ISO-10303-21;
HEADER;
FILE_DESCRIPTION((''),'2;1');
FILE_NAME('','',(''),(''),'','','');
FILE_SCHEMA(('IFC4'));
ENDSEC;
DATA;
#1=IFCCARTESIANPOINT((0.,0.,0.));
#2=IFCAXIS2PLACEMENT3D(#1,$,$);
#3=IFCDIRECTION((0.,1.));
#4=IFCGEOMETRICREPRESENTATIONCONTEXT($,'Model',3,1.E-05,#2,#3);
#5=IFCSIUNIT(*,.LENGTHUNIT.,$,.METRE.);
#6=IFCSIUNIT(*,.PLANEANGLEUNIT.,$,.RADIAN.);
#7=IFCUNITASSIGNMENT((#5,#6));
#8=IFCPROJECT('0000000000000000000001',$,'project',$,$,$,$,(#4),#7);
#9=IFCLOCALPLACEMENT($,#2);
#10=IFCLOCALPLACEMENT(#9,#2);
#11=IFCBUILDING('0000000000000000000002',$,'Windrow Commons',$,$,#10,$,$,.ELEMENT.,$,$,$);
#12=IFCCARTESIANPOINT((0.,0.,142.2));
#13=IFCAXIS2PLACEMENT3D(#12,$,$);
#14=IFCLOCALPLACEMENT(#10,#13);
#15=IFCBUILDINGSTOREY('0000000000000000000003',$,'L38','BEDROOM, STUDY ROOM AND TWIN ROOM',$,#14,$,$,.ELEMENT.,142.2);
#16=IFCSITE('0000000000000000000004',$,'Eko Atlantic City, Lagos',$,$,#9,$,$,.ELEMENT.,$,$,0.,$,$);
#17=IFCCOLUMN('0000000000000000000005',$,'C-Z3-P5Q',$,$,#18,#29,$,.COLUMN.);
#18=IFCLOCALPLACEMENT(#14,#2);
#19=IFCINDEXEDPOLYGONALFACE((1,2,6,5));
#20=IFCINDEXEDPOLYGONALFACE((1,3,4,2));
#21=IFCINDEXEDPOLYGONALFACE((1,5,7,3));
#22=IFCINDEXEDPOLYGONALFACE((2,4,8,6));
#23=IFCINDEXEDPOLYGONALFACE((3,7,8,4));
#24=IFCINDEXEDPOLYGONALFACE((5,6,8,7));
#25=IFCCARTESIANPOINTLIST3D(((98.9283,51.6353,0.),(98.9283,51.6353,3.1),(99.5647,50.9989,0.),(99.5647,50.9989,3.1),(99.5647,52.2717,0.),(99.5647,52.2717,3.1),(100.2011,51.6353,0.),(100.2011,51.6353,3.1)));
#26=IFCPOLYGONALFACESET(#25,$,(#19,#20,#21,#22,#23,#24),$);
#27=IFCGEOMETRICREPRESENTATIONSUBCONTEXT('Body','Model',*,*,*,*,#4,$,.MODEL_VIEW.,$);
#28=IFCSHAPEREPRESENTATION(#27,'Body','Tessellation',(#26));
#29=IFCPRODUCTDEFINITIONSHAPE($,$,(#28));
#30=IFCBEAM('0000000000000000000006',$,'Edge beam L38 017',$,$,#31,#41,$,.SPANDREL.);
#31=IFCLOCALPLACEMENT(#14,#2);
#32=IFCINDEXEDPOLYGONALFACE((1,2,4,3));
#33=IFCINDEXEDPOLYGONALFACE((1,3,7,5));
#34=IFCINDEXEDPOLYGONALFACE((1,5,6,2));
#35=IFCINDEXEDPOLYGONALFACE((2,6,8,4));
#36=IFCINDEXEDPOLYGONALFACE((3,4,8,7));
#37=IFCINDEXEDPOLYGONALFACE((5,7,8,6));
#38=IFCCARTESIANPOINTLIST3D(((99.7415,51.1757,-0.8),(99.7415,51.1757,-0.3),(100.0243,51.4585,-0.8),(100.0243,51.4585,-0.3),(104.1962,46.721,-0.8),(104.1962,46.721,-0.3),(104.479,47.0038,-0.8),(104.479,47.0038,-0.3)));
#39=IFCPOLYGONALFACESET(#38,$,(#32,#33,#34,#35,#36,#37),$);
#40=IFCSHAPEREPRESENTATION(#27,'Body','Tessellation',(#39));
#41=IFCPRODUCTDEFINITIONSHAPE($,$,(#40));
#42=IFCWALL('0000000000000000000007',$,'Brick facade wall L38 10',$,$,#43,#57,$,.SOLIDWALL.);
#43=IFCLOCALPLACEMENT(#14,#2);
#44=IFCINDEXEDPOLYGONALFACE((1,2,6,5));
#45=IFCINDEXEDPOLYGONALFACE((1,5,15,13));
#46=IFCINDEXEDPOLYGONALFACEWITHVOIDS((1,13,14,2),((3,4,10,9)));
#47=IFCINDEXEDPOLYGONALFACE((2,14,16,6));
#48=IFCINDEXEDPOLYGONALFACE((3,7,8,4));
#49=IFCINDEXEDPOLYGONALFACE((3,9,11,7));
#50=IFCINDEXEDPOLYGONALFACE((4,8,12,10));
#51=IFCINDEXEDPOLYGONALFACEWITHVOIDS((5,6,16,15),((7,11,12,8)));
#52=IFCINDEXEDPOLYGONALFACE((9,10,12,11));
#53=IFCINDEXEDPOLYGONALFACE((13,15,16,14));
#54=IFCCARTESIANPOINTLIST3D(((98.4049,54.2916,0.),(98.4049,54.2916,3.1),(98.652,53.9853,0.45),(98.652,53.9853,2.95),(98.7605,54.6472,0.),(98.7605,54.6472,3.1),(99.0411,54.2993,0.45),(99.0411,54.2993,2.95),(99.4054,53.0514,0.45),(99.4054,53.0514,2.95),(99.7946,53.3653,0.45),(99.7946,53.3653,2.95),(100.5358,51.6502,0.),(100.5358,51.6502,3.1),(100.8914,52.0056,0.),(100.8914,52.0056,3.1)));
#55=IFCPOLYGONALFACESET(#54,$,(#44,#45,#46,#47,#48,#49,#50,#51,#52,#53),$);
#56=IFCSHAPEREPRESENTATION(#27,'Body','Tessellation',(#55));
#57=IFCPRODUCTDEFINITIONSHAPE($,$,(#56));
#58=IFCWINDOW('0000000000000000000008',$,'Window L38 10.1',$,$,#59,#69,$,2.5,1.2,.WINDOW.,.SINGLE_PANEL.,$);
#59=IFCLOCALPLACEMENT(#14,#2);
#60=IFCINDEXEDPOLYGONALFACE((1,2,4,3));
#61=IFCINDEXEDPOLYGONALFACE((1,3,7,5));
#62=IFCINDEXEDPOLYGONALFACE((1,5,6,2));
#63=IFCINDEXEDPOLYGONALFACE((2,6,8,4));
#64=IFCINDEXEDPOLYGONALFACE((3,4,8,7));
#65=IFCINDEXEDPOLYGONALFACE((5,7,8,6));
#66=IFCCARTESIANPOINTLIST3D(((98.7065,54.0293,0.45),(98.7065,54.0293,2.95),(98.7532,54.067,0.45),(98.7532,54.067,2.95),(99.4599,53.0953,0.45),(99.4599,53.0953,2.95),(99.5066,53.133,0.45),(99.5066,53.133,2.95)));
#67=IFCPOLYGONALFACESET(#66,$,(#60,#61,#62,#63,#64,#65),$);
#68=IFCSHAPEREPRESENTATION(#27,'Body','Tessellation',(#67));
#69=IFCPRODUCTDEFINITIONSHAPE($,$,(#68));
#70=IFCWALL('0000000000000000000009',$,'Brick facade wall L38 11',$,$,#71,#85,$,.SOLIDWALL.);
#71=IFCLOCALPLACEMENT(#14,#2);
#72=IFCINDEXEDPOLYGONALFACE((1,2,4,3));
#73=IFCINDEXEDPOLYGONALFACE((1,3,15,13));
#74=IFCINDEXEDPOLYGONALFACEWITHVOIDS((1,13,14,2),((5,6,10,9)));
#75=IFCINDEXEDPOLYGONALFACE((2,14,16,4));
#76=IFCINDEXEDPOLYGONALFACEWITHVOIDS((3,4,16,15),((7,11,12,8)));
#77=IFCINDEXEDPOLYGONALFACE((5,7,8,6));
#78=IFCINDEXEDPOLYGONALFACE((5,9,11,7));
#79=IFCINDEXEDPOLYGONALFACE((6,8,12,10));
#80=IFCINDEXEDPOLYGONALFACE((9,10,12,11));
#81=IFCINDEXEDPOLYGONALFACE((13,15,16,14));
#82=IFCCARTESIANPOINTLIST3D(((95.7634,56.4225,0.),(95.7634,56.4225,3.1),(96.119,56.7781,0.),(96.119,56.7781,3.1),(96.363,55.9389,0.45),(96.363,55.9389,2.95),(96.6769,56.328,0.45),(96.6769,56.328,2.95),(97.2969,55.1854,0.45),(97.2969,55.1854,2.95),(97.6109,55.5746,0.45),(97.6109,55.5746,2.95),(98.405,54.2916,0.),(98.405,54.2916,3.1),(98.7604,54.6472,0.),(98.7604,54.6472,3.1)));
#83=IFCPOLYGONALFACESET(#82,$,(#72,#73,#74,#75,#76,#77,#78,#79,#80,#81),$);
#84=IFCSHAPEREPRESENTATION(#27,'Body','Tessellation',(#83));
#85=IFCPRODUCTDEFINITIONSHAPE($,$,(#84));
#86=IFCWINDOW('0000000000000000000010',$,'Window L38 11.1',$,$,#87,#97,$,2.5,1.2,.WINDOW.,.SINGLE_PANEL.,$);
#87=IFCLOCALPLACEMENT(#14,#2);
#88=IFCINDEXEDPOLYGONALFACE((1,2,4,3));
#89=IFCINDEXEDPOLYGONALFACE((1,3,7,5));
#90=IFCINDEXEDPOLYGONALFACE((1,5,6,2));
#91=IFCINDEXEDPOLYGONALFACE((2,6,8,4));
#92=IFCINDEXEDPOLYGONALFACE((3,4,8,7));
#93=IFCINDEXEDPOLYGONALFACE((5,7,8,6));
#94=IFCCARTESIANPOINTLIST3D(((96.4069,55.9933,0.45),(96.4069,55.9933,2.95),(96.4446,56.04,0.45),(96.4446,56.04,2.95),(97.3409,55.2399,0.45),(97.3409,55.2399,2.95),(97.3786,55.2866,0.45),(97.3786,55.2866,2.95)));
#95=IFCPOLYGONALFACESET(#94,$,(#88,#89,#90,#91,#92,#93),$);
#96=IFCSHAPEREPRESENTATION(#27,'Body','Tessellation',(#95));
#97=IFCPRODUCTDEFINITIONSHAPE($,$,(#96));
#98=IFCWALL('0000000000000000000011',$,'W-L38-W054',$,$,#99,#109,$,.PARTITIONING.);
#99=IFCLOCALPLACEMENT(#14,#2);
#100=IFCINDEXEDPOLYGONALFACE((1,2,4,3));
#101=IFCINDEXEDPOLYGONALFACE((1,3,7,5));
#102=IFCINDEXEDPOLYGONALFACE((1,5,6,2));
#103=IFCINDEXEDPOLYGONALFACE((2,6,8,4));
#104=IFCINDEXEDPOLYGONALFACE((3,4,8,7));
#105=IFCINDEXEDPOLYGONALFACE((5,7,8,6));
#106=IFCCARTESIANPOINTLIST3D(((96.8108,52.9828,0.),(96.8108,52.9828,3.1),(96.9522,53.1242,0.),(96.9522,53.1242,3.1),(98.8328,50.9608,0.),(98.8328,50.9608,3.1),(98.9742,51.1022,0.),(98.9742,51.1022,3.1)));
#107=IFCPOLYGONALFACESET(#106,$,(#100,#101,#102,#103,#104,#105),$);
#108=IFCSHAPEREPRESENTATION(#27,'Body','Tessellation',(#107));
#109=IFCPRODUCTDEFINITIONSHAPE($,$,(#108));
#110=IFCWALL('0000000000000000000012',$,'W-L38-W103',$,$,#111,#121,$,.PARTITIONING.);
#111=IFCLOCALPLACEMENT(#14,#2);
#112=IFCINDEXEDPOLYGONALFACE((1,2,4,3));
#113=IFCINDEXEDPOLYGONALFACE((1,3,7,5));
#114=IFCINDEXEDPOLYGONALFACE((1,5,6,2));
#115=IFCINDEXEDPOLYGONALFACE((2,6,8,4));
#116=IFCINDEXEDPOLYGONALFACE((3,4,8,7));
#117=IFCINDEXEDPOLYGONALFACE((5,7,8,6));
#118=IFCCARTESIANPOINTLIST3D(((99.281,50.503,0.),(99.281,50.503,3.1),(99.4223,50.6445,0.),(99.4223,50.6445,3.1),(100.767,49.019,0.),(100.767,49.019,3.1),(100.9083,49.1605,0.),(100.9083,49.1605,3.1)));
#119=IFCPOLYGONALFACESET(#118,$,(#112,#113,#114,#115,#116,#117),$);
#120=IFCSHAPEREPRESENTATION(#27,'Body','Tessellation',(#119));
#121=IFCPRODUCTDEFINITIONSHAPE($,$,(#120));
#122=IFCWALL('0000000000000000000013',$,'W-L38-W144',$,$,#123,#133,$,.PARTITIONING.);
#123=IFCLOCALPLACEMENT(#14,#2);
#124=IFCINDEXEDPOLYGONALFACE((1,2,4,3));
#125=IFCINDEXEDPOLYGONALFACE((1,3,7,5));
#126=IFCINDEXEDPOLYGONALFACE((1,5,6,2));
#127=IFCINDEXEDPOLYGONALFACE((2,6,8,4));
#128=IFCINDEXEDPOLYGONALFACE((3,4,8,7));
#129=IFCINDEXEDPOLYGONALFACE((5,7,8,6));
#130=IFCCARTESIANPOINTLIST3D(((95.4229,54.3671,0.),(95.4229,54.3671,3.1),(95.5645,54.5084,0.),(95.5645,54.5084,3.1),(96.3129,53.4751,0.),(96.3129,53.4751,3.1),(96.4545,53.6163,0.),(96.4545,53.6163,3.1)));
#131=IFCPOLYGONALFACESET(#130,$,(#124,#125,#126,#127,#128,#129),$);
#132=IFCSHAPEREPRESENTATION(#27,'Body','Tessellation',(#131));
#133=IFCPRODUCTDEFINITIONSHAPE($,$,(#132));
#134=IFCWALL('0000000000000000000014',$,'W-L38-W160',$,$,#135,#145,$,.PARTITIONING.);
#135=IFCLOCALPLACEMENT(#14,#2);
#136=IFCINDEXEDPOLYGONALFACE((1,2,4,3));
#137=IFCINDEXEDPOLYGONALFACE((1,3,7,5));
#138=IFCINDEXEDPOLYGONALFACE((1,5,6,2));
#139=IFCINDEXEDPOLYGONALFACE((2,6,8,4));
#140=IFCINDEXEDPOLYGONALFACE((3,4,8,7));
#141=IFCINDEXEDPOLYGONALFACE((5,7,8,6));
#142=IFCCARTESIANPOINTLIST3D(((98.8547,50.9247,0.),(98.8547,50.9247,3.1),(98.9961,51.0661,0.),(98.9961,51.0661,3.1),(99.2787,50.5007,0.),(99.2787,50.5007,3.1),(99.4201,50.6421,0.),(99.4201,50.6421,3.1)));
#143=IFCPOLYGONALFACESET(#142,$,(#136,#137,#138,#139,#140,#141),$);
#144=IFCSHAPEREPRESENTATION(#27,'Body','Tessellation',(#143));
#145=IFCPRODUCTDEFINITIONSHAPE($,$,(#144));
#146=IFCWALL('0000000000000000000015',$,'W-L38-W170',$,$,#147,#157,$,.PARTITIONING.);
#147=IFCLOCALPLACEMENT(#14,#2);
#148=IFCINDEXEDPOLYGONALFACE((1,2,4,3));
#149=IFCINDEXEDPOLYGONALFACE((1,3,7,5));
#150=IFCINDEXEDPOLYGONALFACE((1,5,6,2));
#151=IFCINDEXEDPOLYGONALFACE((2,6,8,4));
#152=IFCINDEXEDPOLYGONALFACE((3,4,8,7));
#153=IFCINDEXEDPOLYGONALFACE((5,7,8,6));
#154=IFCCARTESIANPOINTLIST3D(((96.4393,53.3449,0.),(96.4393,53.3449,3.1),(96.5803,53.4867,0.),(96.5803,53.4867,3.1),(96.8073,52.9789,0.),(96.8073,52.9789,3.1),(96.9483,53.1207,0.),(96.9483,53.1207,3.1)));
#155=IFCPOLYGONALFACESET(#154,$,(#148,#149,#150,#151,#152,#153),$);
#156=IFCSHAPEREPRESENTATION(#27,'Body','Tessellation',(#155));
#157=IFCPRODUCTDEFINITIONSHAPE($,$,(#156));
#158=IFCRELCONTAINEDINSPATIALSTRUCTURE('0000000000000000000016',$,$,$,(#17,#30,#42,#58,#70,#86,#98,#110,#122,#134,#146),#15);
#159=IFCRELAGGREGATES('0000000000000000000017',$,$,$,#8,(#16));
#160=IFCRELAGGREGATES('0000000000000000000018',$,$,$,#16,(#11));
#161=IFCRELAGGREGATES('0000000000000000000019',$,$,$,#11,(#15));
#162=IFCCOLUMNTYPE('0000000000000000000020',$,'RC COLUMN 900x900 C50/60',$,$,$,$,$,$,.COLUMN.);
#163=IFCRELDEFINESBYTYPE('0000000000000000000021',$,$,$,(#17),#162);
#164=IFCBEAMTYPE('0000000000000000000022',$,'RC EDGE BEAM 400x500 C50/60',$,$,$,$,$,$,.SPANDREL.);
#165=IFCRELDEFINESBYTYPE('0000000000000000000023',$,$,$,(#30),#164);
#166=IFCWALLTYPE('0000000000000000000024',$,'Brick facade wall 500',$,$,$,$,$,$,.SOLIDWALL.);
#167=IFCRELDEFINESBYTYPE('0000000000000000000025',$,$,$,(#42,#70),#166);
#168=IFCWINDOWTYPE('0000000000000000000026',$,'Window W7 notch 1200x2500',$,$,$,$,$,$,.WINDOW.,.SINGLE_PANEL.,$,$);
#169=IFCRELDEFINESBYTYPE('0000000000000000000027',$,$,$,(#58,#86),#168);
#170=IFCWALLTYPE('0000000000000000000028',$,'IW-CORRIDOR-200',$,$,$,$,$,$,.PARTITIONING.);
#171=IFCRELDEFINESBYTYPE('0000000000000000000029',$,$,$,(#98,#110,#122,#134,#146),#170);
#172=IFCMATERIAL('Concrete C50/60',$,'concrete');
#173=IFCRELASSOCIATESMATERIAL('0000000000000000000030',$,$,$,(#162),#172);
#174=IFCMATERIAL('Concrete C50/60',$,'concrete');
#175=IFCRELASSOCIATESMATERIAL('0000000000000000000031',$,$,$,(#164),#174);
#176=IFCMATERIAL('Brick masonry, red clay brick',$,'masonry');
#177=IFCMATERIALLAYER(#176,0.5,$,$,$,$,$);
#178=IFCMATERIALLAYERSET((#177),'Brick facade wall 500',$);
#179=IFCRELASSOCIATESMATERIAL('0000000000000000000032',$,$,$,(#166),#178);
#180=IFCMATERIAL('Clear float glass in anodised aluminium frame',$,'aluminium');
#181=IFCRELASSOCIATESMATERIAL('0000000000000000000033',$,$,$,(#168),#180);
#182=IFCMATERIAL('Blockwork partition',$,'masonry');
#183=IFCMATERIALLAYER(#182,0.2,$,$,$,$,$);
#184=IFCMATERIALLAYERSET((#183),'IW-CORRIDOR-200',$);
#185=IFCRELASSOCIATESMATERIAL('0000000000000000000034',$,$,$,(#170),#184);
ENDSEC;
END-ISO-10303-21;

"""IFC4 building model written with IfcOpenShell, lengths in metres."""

from ifc_helpers import new_model, si_unit, direction, frame, frame_2d, origin, origin_2d, place, context, subcontext, project, spatial, polyline, rectangle, outline, extrude, material, layer, layer_set, material_profile, profile_set, type_object, element, fill, save


model = new_model("IFC4")

# Units and contexts
model_context = context("Model", 3, precision=1e-05, world=origin(), true_north=direction((0.0, 1.0)))
body_context = subcontext(model_context, "Body", "Model", "MODEL_VIEW")
ifc_project = project(units=[si_unit("LENGTHUNIT", "METRE"), si_unit("PLANEANGLEUNIT", "RADIAN")], contexts=[model_context])

# Site, building, storey
site_placement = place(None, origin())
site = spatial("IfcSite", under=ifc_project, at=site_placement, Name="Eko Atlantic City, Lagos", CompositionType="ELEMENT", RefElevation=0.0)
building_placement = place(site_placement, origin())
building = spatial("IfcBuilding", under=site, at=building_placement, Name="Windrow Commons", CompositionType="ELEMENT")
storey_placement = place(building_placement, frame((0.0, 0.0, 142.2)))
storey = spatial("IfcBuildingStorey", under=building, at=storey_placement, Name="L38", Description="BEDROOM, STUDY ROOM AND TWIN ROOM", CompositionType="ELEMENT", Elevation=142.2)

# Column
ifc_material_1 = material(Name="Concrete C50/60", Category="concrete")
ifc_material_profile_1 = material_profile(ifc_material_1, rectangle(XDim=0.9, YDim=0.9, at=origin_2d()))
ifc_profile_set_1 = profile_set([ifc_material_profile_1], Name="Concrete C50/60")
column_type = type_object("IfcColumnType", Name="RC COLUMN 900x900 C50/60", PredefinedType="COLUMN", material=ifc_profile_set_1)
column_placement = place(storey_placement, frame((99.5647, 51.6353, 0.0), z_axis=(0.0, 0.0, 1.0), x_axis=(0.707107, -0.707107, 0.0)))
element("IfcColumn", 1, at=column_placement, inside=storey, type_object=column_type, Name="C-Z3-P5Q", PredefinedType="COLUMN", context=body_context, shape_type="SweptSolid", body=[
    extrude(rectangle(XDim=0.9, YDim=0.9, at=origin_2d()), origin(), (0.0, 0.0, 1.0), 3.1),
])

# Beam
ifc_material_2 = material(Name="Concrete C50/60", Category="concrete")
ifc_material_profile_2 = material_profile(ifc_material_2, rectangle(XDim=0.4, YDim=0.5, at=origin_2d()))
ifc_profile_set_2 = profile_set([ifc_material_profile_2], Name="Concrete C50/60")
beam_type = type_object("IfcBeamType", Name="RC EDGE BEAM 400x500 C50/60", PredefinedType="SPANDREL", material=ifc_profile_set_2)
beam_placement = place(storey_placement, frame((99.8829, 51.3171, -0.55), z_axis=(0.707107, -0.707107, 0.0), x_axis=(0.707107, 0.707107, 0.0)))
element("IfcBeam", 2, at=beam_placement, inside=storey, type_object=beam_type, Name="Edge beam L38 017", PredefinedType="SPANDREL", context=body_context, shape_type="SweptSolid", body=[
    extrude(rectangle(XDim=0.4, YDim=0.5, at=origin_2d()), origin(), (0.0, 0.0, 1.0), 6.2999),
])

# Walls, openings, windows
ifc_material_3 = material(Name="Brick masonry, red clay brick", Category="masonry")
ifc_layer_1 = layer(ifc_material_3, 0.5)
ifc_layer_set_1 = layer_set([ifc_layer_1], Name="Brick facade wall 500")
wall_type_1 = type_object("IfcWallType", Name="Brick facade wall 500", PredefinedType="SOLIDWALL", material=ifc_layer_set_1)
wall_1_placement = place(storey_placement, frame((100.7136, 51.8279, 0.0), z_axis=(0.0, 0.0, 1.0), x_axis=(-0.62787, 0.778318, 0.0)))
wall_1 = element("IfcWall", 3, at=wall_1_placement, inside=storey, type_object=wall_type_1, Name="Brick facade wall L38 10", PredefinedType="SOLIDWALL", context=body_context, shape_type="SweptSolid", body=[
    extrude(outline(polyline([(0.0267, -0.25), (3.4206, -0.25), (3.3671, 0.25), (-0.0267, 0.25), (0.0267, -0.25)])), origin(), (0.0, 0.0, 1.0), 3.1),
])
opening_1_placement = place(wall_1_placement, frame((1.7736, 0.0, 0.45)))
opening_1 = element("IfcOpeningElement", 4, at=opening_1_placement, cuts=wall_1, PredefinedType="OPENING", context=body_context, shape_type="SweptSolid", body=[
    extrude(rectangle(XDim=1.2, YDim=2.5, at=frame_2d((0.6, 1.25))), frame((0.0, 0.26, 0.0), z_axis=(0.0, -1.0, 0.0), x_axis=(1.0, 0.0, 0.0)), (0.0, 0.0, 1.0), 0.52),
])
ifc_material_4 = material(Name="Clear float glass in anodised aluminium frame", Category="aluminium")
window_type = type_object("IfcWindowType", Name="Window W7 notch 1200x2500", PartitioningType="SINGLE_PANEL", PredefinedType="WINDOW", material=ifc_material_4)
window_1_placement = place(opening_1_placement, origin())
window_1 = element("IfcWindow", 5, at=window_1_placement, inside=storey, type_object=window_type, Name="Window L38 10.1", OverallHeight=2.5, OverallWidth=1.2, PartitioningType="SINGLE_PANEL", PredefinedType="WINDOW", context=body_context, shape_type="SweptSolid", body=[
    extrude(rectangle(XDim=1.2, YDim=2.5, at=frame_2d((0.6, 1.25))), frame((0.0, 0.18, 0.0), z_axis=(0.0, -1.0, 0.0), x_axis=(1.0, 0.0, 0.0)), (0.0, 0.0, 1.0), 0.06),
])
fill(opening_1, window_1)
wall_2_placement = place(storey_placement, frame((98.5827, 54.4694, 0.0), z_axis=(0.0, 0.0, 1.0), x_axis=(-0.778318, 0.62787, 0.0)))
wall_2 = element("IfcWall", 6, at=wall_2_placement, inside=storey, type_object=wall_type_1, Name="Brick facade wall L38 11", PredefinedType="SOLIDWALL", context=body_context, shape_type="SweptSolid", body=[
    extrude(outline(polyline([(-0.0267, -0.25), (3.3671, -0.25), (3.4206, 0.25), (0.0267, 0.25), (-0.0267, -0.25)])), origin(), (0.0, 0.0, 1.0), 3.1),
])
opening_2_placement = place(wall_2_placement, frame((1.4503, 0.0, 0.45)))
opening_2 = element("IfcOpeningElement", 7, at=opening_2_placement, cuts=wall_2, PredefinedType="OPENING", context=body_context, shape_type="SweptSolid", body=[
    extrude(rectangle(XDim=1.2, YDim=2.5, at=frame_2d((0.6, 1.25))), frame((0.0, 0.26, 0.0), z_axis=(0.0, -1.0, 0.0), x_axis=(1.0, 0.0, 0.0)), (0.0, 0.0, 1.0), 0.52),
])
window_2_placement = place(opening_2_placement, origin())
window_2 = element("IfcWindow", 8, at=window_2_placement, inside=storey, type_object=window_type, Name="Window L38 11.1", OverallHeight=2.5, OverallWidth=1.2, PartitioningType="SINGLE_PANEL", PredefinedType="WINDOW", context=body_context, shape_type="SweptSolid", body=[
    extrude(rectangle(XDim=1.2, YDim=2.5, at=frame_2d((0.6, 1.25))), frame((0.0, 0.18, 0.0), z_axis=(0.0, -1.0, 0.0), x_axis=(1.0, 0.0, 0.0)), (0.0, 0.0, 1.0), 0.06),
])
fill(opening_2, window_2)

# Walls
ifc_material_5 = material(Name="Blockwork partition", Category="masonry")
ifc_layer_2 = layer(ifc_material_5, 0.2)
ifc_layer_set_2 = layer_set([ifc_layer_2], Name="IW-CORRIDOR-200")
wall_type_2 = type_object("IfcWallType", Name="IW-CORRIDOR-200", PredefinedType="PARTITIONING", material=ifc_layer_set_2)
wall_3_placement = place(storey_placement, frame((96.8815, 53.0535, 0.0), z_axis=(0.0, 0.0, 1.0), x_axis=(0.707107, -0.707107, 0.0)))
element("IfcWall", 9, at=wall_3_placement, inside=storey, type_object=wall_type_2, Name="W-L38-W054", PredefinedType="PARTITIONING", context=body_context, shape_type="SweptSolid", body=[
    extrude(rectangle(XDim=2.8595, YDim=0.2, at=frame_2d((1.4298, 0.0))), origin(), (0.0, 0.0, 1.0), 3.1),
])
wall_4_placement = place(storey_placement, frame((99.3517, 50.5737, 0.0), z_axis=(0.0, 0.0, 1.0), x_axis=(0.707583, -0.70663, 0.0)))
element("IfcWall", 10, at=wall_4_placement, inside=storey, type_object=wall_type_2, Name="W-L38-W103", PredefinedType="PARTITIONING", context=body_context, shape_type="SweptSolid", body=[
    extrude(rectangle(XDim=2.1001, YDim=0.2, at=frame_2d((1.05, 0.0))), origin(), (0.0, 0.0, 1.0), 3.1),
])
wall_5_placement = place(storey_placement, frame((95.4937, 54.4377, 0.0), z_axis=(0.0, 0.0, 1.0), x_axis=(0.706313, -0.7079, 0.0)))
element("IfcWall", 11, at=wall_5_placement, inside=storey, type_object=wall_type_2, Name="W-L38-W144", PredefinedType="PARTITIONING", context=body_context, shape_type="SweptSolid", body=[
    extrude(rectangle(XDim=1.2601, YDim=0.2, at=frame_2d((0.63, 0.0))), origin(), (0.0, 0.0, 1.0), 3.1),
])
wall_6_placement = place(storey_placement, frame((98.9254, 50.9954, 0.0), z_axis=(0.0, 0.0, 1.0), x_axis=(0.707107, -0.707107, 0.0)))
element("IfcWall", 12, at=wall_6_placement, inside=storey, type_object=wall_type_2, Name="W-L38-W160", PredefinedType="PARTITIONING", context=body_context, shape_type="SweptSolid", body=[
    extrude(rectangle(XDim=0.5996, YDim=0.2, at=frame_2d((0.2998, 0.0))), origin(), (0.0, 0.0, 1.0), 3.1),
])
wall_7_placement = place(storey_placement, frame((96.5098, 53.4158, 0.0), z_axis=(0.0, 0.0, 1.0), x_axis=(0.709031, -0.705177, 0.0)))
element("IfcWall", 13, at=wall_7_placement, inside=storey, type_object=wall_type_2, Name="W-L38-W170", PredefinedType="PARTITIONING", context=body_context, shape_type="SweptSolid", body=[
    extrude(rectangle(XDim=0.519, YDim=0.2, at=frame_2d((0.2595, 0.0))), origin(), (0.0, 0.0, 1.0), 3.1),
])

save(model, "model.ifc")
